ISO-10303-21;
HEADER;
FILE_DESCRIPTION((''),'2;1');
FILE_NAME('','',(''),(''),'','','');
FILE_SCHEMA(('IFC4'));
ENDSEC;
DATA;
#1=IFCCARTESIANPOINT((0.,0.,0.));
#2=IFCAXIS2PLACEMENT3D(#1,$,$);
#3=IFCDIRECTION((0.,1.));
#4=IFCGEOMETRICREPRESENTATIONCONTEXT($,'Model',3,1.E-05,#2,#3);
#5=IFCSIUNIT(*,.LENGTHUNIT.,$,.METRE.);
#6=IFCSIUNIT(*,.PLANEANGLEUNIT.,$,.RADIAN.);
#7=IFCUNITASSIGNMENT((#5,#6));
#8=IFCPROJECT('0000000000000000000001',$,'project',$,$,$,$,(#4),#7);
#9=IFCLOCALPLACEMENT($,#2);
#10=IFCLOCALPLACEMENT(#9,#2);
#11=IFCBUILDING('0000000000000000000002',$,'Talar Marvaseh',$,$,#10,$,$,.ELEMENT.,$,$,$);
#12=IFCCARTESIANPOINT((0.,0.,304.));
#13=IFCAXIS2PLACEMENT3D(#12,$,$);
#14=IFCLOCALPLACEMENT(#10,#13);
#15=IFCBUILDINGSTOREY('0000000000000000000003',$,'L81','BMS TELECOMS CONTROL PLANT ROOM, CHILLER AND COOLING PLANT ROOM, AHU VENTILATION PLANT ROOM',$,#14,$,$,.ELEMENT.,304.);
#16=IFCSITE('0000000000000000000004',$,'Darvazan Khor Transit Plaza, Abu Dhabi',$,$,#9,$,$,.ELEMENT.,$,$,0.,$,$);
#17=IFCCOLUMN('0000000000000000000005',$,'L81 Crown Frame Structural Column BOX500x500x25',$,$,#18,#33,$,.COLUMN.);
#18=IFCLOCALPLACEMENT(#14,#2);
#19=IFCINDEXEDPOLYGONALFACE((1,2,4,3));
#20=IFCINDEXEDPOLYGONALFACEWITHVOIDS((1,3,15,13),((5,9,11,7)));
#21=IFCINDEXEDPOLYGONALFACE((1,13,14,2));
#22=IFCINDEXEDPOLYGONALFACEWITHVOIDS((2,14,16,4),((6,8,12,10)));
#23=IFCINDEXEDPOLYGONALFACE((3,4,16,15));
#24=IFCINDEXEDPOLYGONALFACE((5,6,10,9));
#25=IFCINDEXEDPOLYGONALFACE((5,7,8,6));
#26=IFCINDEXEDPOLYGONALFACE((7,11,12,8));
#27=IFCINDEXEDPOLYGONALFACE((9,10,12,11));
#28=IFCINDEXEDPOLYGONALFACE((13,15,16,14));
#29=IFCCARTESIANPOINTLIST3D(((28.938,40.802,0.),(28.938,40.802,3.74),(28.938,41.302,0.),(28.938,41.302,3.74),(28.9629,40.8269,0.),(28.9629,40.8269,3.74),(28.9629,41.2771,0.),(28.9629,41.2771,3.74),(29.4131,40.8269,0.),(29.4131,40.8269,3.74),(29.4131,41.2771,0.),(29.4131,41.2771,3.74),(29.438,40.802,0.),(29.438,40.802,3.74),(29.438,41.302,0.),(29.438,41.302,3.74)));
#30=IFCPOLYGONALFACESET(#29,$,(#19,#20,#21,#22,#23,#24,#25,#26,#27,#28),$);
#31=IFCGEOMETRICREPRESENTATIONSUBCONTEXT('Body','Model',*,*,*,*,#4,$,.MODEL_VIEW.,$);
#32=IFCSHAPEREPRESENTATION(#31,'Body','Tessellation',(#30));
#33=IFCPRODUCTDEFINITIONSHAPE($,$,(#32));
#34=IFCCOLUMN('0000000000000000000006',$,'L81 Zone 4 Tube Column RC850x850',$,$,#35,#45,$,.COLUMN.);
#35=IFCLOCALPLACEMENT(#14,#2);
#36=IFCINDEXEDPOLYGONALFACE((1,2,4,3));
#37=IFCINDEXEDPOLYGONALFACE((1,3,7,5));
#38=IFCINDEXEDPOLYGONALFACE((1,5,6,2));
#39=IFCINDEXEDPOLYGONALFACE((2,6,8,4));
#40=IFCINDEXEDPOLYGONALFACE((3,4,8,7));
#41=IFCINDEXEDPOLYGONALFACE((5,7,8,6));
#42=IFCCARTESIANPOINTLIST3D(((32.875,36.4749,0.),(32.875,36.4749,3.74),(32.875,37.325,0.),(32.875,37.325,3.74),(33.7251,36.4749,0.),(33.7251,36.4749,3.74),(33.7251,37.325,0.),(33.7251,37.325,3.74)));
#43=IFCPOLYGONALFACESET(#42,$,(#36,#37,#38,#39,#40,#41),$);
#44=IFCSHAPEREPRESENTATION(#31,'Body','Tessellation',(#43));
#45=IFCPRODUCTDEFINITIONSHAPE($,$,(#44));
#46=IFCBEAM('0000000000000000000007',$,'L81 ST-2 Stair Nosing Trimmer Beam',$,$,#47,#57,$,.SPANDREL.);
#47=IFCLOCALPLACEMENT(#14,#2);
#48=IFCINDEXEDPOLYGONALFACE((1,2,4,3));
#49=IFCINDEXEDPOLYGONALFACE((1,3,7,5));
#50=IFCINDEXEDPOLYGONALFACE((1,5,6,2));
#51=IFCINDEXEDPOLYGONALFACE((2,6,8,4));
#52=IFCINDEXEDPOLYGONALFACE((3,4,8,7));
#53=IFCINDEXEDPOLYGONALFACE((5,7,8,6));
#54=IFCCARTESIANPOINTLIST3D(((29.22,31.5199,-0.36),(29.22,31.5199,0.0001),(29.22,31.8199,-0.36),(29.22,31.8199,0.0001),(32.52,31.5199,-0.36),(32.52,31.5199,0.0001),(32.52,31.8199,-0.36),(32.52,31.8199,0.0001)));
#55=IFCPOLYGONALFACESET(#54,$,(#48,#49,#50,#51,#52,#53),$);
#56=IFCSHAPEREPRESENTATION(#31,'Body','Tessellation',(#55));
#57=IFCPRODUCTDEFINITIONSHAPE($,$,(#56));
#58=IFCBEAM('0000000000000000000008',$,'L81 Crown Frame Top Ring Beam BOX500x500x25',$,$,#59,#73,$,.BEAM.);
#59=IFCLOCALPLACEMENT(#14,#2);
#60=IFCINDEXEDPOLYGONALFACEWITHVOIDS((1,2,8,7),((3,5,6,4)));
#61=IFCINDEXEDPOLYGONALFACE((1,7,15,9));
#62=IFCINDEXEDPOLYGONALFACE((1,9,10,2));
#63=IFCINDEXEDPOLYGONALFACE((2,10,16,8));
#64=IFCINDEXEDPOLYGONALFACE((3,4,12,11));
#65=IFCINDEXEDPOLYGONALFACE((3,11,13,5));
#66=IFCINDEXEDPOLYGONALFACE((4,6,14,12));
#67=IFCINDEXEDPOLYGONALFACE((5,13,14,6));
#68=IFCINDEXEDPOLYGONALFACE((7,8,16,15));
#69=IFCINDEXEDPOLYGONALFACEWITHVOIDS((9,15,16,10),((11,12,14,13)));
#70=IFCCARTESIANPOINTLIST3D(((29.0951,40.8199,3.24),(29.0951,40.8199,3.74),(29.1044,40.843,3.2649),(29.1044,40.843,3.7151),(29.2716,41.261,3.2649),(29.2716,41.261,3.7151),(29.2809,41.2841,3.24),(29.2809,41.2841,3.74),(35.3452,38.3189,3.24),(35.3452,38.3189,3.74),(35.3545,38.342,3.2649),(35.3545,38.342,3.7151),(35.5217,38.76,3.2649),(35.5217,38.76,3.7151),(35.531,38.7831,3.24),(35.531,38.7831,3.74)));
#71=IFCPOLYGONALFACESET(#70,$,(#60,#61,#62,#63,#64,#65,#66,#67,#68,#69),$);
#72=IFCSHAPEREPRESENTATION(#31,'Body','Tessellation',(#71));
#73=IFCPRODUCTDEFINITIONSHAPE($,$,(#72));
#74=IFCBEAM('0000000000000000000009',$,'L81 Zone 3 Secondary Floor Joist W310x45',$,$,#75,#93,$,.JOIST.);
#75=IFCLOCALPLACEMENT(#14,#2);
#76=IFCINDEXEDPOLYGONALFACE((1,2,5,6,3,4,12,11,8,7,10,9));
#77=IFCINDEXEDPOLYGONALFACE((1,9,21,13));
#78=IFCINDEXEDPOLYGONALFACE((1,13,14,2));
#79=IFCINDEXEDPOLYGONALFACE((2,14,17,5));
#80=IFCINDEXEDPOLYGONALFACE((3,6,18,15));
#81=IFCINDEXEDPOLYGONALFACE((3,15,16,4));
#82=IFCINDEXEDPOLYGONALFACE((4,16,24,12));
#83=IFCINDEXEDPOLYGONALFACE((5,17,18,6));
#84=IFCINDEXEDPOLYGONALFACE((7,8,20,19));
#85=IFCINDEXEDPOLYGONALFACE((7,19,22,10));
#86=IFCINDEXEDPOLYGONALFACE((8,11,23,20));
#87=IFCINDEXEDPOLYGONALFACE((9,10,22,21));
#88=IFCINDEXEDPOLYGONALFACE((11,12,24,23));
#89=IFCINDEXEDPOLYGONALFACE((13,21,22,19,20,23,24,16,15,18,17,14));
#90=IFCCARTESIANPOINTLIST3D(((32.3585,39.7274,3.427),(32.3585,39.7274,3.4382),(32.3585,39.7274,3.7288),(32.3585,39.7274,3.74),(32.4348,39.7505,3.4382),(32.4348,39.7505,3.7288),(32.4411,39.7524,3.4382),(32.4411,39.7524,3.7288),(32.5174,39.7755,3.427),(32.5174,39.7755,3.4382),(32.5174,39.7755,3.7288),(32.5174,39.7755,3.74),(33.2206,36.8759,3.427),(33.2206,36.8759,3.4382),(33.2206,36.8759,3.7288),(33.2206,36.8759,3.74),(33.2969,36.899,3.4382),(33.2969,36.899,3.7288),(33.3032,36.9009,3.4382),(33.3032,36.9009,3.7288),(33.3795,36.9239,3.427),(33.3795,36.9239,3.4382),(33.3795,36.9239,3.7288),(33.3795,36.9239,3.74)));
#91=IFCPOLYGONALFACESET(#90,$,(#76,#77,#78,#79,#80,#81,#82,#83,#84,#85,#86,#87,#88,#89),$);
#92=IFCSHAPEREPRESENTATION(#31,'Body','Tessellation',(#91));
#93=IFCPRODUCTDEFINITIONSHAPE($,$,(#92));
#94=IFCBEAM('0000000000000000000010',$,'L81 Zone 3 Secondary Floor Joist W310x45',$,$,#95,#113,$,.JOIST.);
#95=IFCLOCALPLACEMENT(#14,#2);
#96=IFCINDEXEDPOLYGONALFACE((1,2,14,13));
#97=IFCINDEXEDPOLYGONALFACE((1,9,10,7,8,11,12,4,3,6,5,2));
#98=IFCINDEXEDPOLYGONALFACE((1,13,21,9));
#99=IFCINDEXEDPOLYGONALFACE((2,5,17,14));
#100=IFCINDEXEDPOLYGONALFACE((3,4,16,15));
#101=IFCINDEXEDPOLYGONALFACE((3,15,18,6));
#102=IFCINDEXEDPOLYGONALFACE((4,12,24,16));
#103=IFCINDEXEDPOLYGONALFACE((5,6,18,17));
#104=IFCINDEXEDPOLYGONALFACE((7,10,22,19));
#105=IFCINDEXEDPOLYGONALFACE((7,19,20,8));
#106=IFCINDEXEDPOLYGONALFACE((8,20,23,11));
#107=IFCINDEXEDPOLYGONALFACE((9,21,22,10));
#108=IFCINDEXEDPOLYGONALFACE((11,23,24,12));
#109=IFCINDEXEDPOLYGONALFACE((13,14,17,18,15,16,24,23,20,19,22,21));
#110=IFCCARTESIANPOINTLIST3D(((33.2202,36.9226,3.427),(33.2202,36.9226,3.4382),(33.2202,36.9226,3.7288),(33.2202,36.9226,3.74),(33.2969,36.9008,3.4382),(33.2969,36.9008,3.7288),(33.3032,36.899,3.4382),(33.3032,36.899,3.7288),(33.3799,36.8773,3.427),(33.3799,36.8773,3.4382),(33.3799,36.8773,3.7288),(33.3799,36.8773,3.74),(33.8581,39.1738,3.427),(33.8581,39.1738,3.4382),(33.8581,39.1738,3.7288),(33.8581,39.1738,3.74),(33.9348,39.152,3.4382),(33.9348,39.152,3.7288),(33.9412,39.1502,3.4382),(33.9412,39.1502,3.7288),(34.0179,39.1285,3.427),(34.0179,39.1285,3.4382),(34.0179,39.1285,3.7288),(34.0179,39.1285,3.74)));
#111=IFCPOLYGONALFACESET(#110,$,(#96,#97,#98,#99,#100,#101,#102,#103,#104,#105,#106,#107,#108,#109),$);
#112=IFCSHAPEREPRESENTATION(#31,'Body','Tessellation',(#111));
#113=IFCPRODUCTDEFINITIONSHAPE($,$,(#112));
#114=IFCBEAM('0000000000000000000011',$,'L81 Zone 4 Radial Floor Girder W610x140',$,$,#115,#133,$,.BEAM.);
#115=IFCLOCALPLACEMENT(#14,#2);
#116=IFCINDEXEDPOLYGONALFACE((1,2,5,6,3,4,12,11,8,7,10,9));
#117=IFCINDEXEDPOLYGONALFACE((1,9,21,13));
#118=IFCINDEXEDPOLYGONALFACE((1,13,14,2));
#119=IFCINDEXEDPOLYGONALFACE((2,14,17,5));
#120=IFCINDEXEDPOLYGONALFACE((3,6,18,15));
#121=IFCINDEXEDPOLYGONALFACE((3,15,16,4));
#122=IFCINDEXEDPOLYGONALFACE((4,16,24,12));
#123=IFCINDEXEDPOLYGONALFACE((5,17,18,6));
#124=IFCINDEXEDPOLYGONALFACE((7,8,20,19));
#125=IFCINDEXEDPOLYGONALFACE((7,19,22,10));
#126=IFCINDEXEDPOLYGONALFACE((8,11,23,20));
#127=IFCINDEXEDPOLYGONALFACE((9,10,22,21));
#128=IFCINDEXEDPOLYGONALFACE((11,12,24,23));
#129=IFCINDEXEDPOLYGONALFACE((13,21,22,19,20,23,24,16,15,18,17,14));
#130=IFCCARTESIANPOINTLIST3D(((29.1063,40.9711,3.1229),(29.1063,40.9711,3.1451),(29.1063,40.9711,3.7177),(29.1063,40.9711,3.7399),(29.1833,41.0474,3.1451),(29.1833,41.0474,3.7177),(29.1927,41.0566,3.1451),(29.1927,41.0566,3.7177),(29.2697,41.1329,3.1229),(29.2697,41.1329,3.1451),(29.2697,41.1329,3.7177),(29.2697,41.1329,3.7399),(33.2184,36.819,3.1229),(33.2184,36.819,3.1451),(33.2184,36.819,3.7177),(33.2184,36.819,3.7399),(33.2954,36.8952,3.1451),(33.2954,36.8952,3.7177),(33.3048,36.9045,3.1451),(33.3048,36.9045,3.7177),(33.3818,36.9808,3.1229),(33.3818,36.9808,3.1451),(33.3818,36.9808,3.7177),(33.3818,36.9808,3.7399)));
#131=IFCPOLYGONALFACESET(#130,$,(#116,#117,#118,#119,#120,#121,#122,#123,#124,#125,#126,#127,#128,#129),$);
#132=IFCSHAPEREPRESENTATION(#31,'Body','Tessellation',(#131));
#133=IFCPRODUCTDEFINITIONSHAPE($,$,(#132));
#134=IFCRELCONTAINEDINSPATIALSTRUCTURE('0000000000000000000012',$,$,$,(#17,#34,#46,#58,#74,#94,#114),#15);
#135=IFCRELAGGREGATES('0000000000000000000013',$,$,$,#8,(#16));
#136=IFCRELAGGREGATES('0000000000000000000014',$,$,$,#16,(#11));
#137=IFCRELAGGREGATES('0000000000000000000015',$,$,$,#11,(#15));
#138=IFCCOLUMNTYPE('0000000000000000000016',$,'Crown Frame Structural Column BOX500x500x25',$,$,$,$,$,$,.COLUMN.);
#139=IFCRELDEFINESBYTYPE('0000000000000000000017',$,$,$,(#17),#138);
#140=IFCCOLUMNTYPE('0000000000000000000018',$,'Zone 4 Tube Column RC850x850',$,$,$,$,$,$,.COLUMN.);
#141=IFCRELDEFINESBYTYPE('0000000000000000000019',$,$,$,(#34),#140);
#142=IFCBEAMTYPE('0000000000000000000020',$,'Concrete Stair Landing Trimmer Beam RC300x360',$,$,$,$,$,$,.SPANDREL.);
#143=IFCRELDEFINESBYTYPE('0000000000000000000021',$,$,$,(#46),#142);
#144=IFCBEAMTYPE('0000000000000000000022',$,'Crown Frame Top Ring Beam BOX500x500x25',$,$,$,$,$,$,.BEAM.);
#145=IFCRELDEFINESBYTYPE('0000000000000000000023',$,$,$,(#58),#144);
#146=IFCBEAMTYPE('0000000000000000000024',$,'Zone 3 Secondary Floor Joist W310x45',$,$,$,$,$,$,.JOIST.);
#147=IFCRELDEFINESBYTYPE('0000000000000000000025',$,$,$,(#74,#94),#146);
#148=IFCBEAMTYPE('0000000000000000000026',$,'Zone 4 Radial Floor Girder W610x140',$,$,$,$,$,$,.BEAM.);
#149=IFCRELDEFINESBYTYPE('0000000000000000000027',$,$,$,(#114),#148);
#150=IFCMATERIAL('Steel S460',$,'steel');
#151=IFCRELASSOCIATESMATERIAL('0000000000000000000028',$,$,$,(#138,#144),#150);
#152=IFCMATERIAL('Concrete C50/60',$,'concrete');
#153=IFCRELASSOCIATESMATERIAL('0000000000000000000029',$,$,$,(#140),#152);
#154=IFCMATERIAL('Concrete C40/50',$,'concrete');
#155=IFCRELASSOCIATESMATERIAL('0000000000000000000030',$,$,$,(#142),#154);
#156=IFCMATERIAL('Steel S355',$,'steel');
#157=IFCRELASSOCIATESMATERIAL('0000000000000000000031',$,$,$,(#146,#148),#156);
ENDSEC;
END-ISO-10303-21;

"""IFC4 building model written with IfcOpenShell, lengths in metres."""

from ifc_helpers import new_model, si_unit, direction, frame, origin, origin_2d, place, context, subcontext, project, spatial, rectangle, hollow_rectangle, i_section, extrude, material, material_profile, profile_set, type_object, element, save


model = new_model("IFC4")

# Units and contexts
model_context = context("Model", 3, precision=1e-05, world=origin(), true_north=direction((0.0, 1.0)))
body_context = subcontext(model_context, "Body", "Model", "MODEL_VIEW")
ifc_project = project(units=[si_unit("LENGTHUNIT", "METRE"), si_unit("PLANEANGLEUNIT", "RADIAN")], contexts=[model_context])

# Site, building, storey
site_placement = place(None, origin())
site = spatial("IfcSite", under=ifc_project, at=site_placement, Name="Darvazan Khor Transit Plaza, Abu Dhabi", CompositionType="ELEMENT", RefElevation=0.0)
building_placement = place(site_placement, origin())
building = spatial("IfcBuilding", under=site, at=building_placement, Name="Talar Marvaseh", CompositionType="ELEMENT")
storey_placement = place(building_placement, frame((0.0, 0.0, 304.0)))
storey = spatial("IfcBuildingStorey", under=building, at=storey_placement, Name="L81", Description="BMS TELECOMS CONTROL PLANT ROOM, CHILLER AND COOLING PLANT ROOM, AHU VENTILATION PLANT ROOM", CompositionType="ELEMENT", Elevation=304.0)

# Columns
ifc_material_1 = material(Name="Steel S460", Category="steel")
ifc_material_profile_1 = material_profile(ifc_material_1, hollow_rectangle(XDim=0.5, YDim=0.5, WallThickness=0.0249, at=origin_2d()), Name="BOX500x500x25")
ifc_profile_set_1 = profile_set([ifc_material_profile_1], Name="Steel S460")
column_type_1 = type_object("IfcColumnType", Name="Crown Frame Structural Column BOX500x500x25", PredefinedType="COLUMN", material=ifc_profile_set_1)
column_1_placement = place(storey_placement, frame((29.188, 41.052, 0.0), z_axis=(0.0, 0.0, 1.0), x_axis=(1.0, 0.0, 0.0)))
element("IfcColumn", 1, at=column_1_placement, inside=storey, type_object=column_type_1, Name="L81 Crown Frame Structural Column BOX500x500x25", PredefinedType="COLUMN", context=body_context, shape_type="SweptSolid", body=[
    extrude(hollow_rectangle(XDim=0.5, YDim=0.5, WallThickness=0.0249, at=origin_2d()), origin(), (0.0, 0.0, 1.0), 3.74),
])
ifc_material_2 = material(Name="Concrete C50/60", Category="concrete")
ifc_material_profile_2 = material_profile(ifc_material_2, rectangle(XDim=0.8501, YDim=0.8501, at=origin_2d()), Name="RC850x850")
ifc_profile_set_2 = profile_set([ifc_material_profile_2], Name="Concrete C50/60")
column_type_2 = type_object("IfcColumnType", Name="Zone 4 Tube Column RC850x850", PredefinedType="COLUMN", material=ifc_profile_set_2)
column_2_placement = place(storey_placement, frame((33.3, 36.8999, 0.0), z_axis=(0.0, 0.0, 1.0), x_axis=(1.0, 0.0, 0.0)))
element("IfcColumn", 2, at=column_2_placement, inside=storey, type_object=column_type_2, Name="L81 Zone 4 Tube Column RC850x850", PredefinedType="COLUMN", context=body_context, shape_type="SweptSolid", body=[
    extrude(rectangle(XDim=0.8501, YDim=0.8501, at=origin_2d()), origin(), (0.0, 0.0, 1.0), 3.74),
])

# Beams
ifc_material_3 = material(Name="Concrete C40/50", Category="concrete")
ifc_material_profile_3 = material_profile(ifc_material_3, rectangle(XDim=0.3, YDim=0.3601, at=origin_2d()), Name="RC300x360")
ifc_profile_set_3 = profile_set([ifc_material_profile_3], Name="Concrete C40/50")
beam_type_1 = type_object("IfcBeamType", Name="Concrete Stair Landing Trimmer Beam RC300x360", PredefinedType="SPANDREL", material=ifc_profile_set_3)
beam_1_placement = place(storey_placement, frame((29.22, 31.6699, -0.1799), z_axis=(1.0, 0.0, 0.0), x_axis=(0.0, 1.0, 0.0)))
element("IfcBeam", 3, at=beam_1_placement, inside=storey, type_object=beam_type_1, Name="L81 ST-2 Stair Nosing Trimmer Beam", PredefinedType="SPANDREL", context=body_context, shape_type="SweptSolid", body=[
    extrude(rectangle(XDim=0.3, YDim=0.3601, at=origin_2d()), origin(), (0.0, 0.0, 1.0), 3.3),
])
ifc_material_profile_4 = material_profile(ifc_material_1, hollow_rectangle(XDim=0.5, YDim=0.5, WallThickness=0.0249, at=origin_2d()), Name="BOX500x500x25")
ifc_profile_set_4 = profile_set([ifc_material_profile_4], Name="Steel S460")
beam_type_2 = type_object("IfcBeamType", Name="Crown Frame Top Ring Beam BOX500x500x25", PredefinedType="BEAM", material=ifc_profile_set_4)
beam_2_placement = place(storey_placement, frame((29.188, 41.052, 3.49), z_axis=(0.928427, -0.371516, 0.0), x_axis=(0.371516, 0.928427, 0.0)))
element("IfcBeam", 4, at=beam_2_placement, inside=storey, type_object=beam_type_2, Name="L81 Crown Frame Top Ring Beam BOX500x500x25", PredefinedType="BEAM", context=body_context, shape_type="SweptSolid", body=[
    extrude(hollow_rectangle(XDim=0.5, YDim=0.5, WallThickness=0.0249, at=origin_2d()), origin(), (0.0, 0.0, 1.0), 6.7319),
])
ifc_material_4 = material(Name="Steel S355", Category="steel")
ifc_material_profile_5 = material_profile(ifc_material_4, i_section(OverallWidth=0.166, OverallDepth=0.313, WebThickness=0.0066, FlangeThickness=0.0112, at=origin_2d()), Name="W310x45")
ifc_profile_set_5 = profile_set([ifc_material_profile_5], Name="Steel S355")
beam_type_3 = type_object("IfcBeamType", Name="Zone 3 Secondary Floor Joist W310x45", PredefinedType="JOIST", material=ifc_profile_set_5)
beam_3_placement = place(storey_placement, frame((32.438, 39.7515, 3.5835), z_axis=(0.289377, -0.957215, 0.0), x_axis=(0.957215, 0.289377, 0.0)))
element("IfcBeam", 5, at=beam_3_placement, inside=storey, type_object=beam_type_3, Name="L81 Zone 3 Secondary Floor Joist W310x45", PredefinedType="JOIST", context=body_context, shape_type="SweptSolid", body=[
    extrude(i_section(OverallWidth=0.166, OverallDepth=0.313, WebThickness=0.0066, FlangeThickness=0.0112, at=origin_2d()), origin(), (0.0, 0.0, 1.0), 2.979),
])
beam_4_placement = place(storey_placement, frame((33.938, 39.1511, 3.5835), z_axis=(-0.27264, -0.962116, 0.0), x_axis=(0.962116, -0.27264, 0.0)))
element("IfcBeam", 6, at=beam_4_placement, inside=storey, type_object=beam_type_3, Name="L81 Zone 3 Secondary Floor Joist W310x45", PredefinedType="JOIST", context=body_context, shape_type="SweptSolid", body=[
    extrude(i_section(OverallWidth=0.166, OverallDepth=0.313, WebThickness=0.0066, FlangeThickness=0.0112, at=origin_2d()), origin(), (0.0, 0.0, 1.0), 2.3398),
])
ifc_material_profile_6 = material_profile(ifc_material_4, i_section(OverallWidth=0.23, OverallDepth=0.6169, WebThickness=0.0132, FlangeThickness=0.0222, at=origin_2d()), Name="W610x140")
ifc_profile_set_6 = profile_set([ifc_material_profile_6], Name="Steel S355")
beam_type_4 = type_object("IfcBeamType", Name="Zone 4 Radial Floor Girder W610x140", PredefinedType="BEAM", material=ifc_profile_set_6)
beam_5_placement = place(storey_placement, frame((29.188, 41.052, 3.4314), z_axis=(0.703673, -0.710524, 0.0), x_axis=(0.710524, 0.703673, 0.0)))
element("IfcBeam", 7, at=beam_5_placement, inside=storey, type_object=beam_type_4, Name="L81 Zone 4 Radial Floor Girder W610x140", PredefinedType="BEAM", context=body_context, shape_type="SweptSolid", body=[
    extrude(i_section(OverallWidth=0.23, OverallDepth=0.6169, WebThickness=0.0132, FlangeThickness=0.0222, at=origin_2d()), origin(), (0.0, 0.0, 1.0), 5.8438),
])

save(model, "model.ifc")
